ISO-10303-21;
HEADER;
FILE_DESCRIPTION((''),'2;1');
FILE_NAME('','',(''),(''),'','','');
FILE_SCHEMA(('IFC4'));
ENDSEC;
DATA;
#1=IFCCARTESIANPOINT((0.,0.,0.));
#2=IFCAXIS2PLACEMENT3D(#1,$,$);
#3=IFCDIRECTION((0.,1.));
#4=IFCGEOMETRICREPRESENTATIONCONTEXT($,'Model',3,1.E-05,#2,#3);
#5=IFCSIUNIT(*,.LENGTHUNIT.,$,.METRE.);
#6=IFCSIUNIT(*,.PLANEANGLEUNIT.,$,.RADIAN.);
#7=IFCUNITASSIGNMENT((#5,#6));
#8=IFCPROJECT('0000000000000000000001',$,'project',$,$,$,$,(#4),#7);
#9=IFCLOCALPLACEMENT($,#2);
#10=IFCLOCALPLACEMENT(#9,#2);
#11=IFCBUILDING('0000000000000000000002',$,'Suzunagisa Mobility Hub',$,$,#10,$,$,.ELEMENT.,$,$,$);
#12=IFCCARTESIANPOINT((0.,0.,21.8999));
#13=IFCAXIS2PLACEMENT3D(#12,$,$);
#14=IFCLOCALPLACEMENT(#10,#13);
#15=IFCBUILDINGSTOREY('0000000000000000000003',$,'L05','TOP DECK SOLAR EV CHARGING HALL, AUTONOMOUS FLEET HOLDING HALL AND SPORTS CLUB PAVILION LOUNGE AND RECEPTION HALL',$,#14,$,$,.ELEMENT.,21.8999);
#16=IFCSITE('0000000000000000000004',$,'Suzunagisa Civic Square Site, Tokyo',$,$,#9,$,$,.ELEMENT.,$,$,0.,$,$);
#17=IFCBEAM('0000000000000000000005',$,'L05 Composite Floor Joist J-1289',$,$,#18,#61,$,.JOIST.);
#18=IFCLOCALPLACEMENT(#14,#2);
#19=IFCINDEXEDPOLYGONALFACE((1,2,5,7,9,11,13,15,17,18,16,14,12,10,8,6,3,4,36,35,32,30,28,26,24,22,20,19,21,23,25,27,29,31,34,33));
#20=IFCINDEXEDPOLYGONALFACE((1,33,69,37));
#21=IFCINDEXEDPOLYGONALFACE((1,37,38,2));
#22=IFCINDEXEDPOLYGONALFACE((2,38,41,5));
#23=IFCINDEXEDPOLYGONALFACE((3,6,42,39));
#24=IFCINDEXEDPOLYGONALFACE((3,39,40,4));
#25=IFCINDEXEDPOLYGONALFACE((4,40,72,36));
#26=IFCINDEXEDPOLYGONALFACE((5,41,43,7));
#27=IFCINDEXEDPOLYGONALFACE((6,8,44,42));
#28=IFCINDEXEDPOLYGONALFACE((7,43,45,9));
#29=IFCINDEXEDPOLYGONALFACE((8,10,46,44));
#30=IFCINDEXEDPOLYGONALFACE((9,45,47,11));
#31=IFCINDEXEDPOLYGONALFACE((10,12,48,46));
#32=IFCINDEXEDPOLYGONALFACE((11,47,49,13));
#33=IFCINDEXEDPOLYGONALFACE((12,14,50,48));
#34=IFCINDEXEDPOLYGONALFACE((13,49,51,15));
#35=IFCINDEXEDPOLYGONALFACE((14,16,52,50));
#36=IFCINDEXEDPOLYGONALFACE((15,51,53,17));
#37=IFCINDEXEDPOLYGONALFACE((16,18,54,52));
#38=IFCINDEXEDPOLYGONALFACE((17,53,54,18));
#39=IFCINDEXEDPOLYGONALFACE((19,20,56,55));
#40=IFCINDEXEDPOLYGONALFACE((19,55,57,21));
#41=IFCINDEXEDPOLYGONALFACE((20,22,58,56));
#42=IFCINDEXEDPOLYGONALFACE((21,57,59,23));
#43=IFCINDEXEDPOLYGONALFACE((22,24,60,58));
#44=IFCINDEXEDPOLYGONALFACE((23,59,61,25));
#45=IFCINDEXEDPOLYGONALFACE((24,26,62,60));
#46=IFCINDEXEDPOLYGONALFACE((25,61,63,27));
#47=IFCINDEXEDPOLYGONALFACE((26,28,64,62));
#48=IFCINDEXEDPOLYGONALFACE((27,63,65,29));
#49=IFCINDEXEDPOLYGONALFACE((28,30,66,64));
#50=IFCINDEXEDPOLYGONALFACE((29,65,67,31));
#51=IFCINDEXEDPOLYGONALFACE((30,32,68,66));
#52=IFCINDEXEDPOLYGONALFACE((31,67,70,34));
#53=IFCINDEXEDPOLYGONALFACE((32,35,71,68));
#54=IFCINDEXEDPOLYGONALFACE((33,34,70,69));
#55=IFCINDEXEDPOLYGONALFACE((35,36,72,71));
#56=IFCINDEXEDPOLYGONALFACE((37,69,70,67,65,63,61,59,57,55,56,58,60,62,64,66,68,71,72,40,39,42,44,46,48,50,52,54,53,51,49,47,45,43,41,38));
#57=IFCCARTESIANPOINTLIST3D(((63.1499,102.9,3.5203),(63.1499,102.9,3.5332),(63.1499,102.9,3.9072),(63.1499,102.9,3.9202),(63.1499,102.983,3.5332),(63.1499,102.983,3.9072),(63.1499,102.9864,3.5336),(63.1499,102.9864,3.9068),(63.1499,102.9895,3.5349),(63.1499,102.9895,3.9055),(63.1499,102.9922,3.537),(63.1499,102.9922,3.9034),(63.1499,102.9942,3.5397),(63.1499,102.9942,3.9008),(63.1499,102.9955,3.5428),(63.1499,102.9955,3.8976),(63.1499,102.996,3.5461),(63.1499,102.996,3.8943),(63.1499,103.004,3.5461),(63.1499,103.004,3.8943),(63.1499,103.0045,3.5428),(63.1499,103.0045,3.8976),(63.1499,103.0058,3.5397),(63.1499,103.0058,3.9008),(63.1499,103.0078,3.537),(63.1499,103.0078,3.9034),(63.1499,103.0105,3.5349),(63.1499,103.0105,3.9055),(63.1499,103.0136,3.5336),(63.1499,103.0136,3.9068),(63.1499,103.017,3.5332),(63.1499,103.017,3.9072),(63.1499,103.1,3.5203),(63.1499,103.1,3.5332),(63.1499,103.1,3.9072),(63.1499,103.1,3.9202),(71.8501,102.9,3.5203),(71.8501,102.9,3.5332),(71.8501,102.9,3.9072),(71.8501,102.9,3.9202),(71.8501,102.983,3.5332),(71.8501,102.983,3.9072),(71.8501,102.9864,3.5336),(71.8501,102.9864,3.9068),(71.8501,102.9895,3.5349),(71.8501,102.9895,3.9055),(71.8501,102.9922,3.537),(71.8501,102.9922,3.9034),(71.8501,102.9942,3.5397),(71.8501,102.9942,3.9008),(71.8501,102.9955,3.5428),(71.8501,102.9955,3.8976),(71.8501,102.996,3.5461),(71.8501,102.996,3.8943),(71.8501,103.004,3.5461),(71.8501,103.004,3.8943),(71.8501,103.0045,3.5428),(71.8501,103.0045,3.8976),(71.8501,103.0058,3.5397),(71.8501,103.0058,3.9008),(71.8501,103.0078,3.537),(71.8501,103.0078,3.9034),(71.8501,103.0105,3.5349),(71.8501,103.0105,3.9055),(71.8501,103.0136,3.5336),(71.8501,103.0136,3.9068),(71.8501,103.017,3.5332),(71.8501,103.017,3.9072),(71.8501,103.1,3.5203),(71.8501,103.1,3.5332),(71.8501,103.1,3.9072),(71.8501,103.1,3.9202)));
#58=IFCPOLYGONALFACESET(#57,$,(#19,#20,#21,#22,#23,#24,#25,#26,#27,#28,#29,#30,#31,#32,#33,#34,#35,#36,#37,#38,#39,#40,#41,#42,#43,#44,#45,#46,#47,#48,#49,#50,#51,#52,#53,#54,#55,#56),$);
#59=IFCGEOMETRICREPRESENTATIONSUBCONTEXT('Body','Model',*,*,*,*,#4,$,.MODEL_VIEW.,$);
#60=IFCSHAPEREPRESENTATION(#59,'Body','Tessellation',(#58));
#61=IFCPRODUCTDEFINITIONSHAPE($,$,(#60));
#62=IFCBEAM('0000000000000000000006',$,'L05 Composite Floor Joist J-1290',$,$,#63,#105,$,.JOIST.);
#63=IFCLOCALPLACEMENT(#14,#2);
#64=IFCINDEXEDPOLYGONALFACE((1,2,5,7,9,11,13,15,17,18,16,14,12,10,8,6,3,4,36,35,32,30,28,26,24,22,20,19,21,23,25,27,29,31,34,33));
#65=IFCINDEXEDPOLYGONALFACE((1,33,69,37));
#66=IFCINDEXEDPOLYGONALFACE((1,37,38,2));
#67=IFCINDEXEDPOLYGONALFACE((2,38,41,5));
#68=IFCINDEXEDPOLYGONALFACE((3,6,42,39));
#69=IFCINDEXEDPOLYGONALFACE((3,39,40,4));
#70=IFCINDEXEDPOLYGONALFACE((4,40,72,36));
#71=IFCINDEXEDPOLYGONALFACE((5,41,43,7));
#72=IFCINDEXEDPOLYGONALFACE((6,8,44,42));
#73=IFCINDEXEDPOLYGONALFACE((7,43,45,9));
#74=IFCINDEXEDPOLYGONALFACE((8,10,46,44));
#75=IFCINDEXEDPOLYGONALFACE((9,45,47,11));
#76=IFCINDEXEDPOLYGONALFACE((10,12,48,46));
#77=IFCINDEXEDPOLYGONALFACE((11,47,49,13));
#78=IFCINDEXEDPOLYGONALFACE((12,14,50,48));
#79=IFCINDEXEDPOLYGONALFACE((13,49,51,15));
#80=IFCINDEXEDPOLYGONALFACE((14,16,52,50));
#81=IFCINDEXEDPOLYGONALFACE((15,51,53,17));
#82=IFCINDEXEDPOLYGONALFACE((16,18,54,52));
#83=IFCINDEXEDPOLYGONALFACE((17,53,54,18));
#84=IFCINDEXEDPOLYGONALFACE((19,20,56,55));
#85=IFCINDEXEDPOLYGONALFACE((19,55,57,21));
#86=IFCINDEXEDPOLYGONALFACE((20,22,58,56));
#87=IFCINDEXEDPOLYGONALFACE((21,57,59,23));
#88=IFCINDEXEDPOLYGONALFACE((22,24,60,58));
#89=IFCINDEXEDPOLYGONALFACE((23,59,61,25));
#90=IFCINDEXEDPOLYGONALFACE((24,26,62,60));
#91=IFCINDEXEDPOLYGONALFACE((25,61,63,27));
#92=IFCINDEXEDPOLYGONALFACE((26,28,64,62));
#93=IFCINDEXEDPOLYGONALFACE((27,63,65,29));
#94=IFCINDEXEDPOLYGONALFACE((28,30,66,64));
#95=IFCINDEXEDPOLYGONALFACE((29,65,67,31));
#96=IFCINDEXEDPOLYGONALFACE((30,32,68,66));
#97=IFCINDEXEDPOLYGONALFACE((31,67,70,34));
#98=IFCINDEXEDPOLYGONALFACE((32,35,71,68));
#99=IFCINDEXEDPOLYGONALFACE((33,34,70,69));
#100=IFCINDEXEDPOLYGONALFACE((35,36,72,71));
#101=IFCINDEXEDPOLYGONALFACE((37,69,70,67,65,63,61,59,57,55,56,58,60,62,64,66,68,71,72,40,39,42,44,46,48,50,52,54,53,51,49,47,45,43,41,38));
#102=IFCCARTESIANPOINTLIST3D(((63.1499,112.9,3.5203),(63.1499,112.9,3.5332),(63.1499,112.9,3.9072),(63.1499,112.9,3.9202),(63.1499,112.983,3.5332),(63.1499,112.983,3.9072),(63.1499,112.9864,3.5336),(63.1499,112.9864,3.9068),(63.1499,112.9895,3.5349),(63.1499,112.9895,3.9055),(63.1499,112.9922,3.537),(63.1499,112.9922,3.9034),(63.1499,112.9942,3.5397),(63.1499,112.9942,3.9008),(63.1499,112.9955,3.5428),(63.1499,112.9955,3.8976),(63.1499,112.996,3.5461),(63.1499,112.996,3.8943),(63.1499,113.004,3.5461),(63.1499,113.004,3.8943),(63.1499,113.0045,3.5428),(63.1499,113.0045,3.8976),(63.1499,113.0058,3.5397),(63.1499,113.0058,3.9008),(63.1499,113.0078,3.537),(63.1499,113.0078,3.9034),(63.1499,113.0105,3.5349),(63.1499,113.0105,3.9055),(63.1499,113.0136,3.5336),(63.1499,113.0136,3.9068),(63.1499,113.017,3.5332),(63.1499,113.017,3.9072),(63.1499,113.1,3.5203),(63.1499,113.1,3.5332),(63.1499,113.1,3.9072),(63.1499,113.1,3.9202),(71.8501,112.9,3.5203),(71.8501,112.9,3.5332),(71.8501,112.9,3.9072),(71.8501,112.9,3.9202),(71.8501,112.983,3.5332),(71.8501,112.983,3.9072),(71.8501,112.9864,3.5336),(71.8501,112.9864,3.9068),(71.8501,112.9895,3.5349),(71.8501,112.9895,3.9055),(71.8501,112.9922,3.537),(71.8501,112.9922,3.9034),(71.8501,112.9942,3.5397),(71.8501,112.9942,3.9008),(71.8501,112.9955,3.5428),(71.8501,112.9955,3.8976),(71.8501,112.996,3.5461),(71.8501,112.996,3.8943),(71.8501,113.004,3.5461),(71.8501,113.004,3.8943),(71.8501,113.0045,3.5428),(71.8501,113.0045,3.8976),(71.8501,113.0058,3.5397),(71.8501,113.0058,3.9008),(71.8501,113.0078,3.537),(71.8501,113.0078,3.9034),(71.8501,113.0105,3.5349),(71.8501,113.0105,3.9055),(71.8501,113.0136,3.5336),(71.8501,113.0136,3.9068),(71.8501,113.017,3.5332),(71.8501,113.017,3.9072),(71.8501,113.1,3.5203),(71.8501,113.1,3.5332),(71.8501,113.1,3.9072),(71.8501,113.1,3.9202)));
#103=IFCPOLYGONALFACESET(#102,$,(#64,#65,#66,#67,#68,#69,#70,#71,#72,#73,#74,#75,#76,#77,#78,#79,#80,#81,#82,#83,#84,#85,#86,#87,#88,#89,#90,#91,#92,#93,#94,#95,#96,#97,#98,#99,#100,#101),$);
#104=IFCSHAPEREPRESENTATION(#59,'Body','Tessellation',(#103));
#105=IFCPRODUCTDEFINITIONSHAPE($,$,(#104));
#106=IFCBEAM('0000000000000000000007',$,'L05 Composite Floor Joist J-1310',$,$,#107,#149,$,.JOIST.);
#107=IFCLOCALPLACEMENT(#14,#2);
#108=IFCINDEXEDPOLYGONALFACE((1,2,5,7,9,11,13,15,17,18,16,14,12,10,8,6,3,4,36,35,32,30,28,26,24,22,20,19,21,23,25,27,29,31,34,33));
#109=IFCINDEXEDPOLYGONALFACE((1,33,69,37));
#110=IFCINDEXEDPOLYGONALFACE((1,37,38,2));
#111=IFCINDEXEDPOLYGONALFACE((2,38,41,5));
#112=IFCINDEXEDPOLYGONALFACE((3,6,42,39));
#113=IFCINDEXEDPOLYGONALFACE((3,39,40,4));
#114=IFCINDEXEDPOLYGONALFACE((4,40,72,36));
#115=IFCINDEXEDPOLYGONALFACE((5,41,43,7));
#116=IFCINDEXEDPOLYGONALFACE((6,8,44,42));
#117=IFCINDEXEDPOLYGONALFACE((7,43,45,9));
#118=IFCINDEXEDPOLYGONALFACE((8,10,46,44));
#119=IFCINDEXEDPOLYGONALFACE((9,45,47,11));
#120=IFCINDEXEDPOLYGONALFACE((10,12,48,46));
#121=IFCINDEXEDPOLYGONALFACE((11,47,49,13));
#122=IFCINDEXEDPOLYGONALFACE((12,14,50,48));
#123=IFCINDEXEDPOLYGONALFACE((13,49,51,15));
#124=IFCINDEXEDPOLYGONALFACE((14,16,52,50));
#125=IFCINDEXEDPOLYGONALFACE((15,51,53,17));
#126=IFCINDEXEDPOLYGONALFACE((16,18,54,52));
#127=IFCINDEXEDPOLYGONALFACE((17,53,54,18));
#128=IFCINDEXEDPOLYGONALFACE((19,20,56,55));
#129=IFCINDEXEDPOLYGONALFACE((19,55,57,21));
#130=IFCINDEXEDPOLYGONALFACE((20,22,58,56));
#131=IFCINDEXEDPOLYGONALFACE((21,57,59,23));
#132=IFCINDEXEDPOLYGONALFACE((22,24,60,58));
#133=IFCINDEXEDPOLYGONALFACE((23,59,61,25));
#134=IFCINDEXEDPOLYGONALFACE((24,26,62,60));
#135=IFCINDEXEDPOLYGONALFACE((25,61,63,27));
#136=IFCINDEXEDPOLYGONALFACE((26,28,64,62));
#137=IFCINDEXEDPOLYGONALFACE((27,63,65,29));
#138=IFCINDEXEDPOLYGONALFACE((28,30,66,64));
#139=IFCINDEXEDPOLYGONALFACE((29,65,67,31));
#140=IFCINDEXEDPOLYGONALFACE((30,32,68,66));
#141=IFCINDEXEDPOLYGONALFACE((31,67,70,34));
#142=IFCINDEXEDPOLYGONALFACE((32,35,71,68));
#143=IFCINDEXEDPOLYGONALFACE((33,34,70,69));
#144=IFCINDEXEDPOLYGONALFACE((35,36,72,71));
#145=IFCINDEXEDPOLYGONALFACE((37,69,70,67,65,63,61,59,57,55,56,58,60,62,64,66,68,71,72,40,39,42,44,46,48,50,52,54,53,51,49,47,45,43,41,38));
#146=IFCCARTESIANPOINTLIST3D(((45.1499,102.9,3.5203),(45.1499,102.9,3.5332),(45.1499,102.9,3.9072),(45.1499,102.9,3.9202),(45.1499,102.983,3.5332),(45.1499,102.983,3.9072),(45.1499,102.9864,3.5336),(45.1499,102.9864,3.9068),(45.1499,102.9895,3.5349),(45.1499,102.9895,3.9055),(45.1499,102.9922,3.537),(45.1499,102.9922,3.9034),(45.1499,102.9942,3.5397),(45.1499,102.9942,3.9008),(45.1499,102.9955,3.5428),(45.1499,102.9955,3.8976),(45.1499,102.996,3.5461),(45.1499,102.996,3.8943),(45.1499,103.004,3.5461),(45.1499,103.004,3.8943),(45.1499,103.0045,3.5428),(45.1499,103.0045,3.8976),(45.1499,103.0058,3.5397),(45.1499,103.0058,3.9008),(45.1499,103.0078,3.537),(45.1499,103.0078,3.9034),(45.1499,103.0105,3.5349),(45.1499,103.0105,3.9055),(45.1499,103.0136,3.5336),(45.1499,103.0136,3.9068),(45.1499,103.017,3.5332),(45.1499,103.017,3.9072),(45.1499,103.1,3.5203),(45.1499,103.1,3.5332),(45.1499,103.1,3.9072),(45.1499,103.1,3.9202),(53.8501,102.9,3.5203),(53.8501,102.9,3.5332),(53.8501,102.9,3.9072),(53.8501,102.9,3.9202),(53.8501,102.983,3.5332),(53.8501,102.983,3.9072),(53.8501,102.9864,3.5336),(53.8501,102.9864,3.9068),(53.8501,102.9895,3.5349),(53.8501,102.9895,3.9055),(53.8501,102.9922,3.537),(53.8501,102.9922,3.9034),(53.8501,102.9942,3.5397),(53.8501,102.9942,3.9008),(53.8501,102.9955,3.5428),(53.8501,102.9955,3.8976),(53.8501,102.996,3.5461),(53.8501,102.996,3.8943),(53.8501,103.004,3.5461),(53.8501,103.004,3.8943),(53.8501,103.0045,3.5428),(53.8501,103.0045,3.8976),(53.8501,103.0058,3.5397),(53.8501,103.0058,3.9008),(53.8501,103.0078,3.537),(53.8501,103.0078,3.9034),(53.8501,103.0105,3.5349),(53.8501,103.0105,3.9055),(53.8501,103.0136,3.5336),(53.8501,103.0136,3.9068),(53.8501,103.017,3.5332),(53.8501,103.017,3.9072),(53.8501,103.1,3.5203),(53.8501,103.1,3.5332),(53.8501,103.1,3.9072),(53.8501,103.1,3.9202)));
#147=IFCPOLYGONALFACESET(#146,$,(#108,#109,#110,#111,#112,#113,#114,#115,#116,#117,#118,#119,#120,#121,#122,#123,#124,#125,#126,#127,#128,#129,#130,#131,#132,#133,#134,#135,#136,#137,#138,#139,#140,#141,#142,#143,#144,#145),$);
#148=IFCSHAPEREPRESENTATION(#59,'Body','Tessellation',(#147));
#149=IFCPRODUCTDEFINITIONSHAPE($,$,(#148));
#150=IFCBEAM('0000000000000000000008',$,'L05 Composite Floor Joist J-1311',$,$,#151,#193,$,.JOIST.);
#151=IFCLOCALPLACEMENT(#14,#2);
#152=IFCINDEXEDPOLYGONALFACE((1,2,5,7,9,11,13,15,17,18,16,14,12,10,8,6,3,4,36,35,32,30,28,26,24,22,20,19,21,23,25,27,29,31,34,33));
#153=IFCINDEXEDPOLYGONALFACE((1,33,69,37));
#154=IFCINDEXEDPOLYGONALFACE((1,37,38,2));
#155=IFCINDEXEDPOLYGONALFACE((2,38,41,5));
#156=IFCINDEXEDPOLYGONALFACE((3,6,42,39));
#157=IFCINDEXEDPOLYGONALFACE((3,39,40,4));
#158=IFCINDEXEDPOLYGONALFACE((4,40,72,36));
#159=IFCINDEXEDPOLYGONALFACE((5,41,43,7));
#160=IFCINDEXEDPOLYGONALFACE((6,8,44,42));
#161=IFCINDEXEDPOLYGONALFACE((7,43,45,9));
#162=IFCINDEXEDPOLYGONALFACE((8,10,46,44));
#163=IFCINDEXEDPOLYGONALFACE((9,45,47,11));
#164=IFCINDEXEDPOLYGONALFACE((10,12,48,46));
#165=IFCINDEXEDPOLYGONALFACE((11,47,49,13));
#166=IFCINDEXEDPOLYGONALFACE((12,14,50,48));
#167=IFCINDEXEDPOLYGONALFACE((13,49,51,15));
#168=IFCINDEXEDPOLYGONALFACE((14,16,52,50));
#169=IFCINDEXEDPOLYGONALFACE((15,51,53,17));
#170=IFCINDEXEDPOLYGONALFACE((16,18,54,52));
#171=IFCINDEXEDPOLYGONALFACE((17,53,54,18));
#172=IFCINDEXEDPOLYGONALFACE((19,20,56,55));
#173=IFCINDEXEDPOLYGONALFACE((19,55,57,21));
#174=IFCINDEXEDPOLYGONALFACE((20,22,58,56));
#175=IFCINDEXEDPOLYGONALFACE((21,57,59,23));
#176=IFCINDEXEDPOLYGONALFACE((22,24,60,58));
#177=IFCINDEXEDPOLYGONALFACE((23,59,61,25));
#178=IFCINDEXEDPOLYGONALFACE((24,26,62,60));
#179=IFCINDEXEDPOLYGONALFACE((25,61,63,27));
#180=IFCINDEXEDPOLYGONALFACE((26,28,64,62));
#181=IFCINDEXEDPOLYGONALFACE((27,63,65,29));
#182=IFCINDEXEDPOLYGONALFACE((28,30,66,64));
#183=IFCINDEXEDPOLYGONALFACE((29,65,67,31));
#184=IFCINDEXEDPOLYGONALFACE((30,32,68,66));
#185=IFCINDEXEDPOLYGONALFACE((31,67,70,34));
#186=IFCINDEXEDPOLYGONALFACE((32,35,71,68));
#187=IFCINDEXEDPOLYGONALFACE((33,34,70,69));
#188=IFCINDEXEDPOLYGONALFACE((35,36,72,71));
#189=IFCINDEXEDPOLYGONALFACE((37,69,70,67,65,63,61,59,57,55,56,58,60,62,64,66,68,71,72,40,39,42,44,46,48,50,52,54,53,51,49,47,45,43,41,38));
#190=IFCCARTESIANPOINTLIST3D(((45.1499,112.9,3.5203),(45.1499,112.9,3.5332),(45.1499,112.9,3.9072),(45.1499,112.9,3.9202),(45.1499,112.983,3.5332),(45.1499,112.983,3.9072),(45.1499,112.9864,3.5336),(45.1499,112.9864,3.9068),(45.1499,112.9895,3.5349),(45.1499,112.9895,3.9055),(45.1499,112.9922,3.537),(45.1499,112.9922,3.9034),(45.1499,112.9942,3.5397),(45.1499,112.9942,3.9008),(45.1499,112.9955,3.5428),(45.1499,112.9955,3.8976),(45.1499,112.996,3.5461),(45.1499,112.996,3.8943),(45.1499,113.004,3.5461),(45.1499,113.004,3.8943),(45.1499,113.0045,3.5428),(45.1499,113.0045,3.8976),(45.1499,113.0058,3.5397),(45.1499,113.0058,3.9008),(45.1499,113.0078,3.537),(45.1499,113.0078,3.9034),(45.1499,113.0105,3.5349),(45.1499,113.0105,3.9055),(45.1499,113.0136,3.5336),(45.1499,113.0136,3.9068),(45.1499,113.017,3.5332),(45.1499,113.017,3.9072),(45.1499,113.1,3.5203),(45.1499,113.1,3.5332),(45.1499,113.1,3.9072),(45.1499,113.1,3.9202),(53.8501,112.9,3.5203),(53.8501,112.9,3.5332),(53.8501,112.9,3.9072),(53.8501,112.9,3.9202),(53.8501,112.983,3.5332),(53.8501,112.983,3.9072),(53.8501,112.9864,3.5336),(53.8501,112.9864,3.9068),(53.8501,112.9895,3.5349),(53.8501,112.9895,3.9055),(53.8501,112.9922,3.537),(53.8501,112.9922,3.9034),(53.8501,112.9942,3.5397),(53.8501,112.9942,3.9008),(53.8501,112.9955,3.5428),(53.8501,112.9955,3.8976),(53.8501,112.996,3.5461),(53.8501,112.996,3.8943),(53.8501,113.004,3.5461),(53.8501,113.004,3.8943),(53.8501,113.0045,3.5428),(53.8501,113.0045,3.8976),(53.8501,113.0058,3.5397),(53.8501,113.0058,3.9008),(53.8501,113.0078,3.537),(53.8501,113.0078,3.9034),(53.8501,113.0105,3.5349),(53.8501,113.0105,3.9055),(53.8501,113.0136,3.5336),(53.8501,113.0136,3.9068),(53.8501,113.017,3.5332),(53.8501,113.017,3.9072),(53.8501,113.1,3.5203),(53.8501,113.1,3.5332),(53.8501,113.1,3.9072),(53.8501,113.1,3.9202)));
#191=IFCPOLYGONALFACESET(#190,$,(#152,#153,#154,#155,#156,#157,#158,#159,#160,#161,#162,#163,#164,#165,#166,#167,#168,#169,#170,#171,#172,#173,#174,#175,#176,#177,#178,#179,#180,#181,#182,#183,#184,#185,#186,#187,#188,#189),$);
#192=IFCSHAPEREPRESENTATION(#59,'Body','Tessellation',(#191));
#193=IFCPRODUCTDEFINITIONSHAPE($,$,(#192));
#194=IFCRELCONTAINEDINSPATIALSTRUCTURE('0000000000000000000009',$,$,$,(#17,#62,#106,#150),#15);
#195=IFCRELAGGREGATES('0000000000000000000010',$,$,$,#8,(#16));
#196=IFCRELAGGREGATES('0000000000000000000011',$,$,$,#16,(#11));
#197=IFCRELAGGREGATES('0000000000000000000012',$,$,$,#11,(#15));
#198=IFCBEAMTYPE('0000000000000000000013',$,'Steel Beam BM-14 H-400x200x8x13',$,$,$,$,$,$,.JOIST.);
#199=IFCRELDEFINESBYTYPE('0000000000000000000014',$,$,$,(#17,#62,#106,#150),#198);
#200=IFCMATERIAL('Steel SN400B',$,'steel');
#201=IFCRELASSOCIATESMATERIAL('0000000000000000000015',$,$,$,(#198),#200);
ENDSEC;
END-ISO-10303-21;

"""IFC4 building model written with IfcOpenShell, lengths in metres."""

from ifc_helpers import new_model, si_unit, direction, frame, origin, origin_2d, place, context, subcontext, project, spatial, i_section, extrude, material, material_profile, profile_set, type_object, element, save


model = new_model("IFC4")

# Units and contexts
model_context = context("Model", 3, precision=1e-05, world=origin(), true_north=direction((0.0, 1.0)))
body_context = subcontext(model_context, "Body", "Model", "MODEL_VIEW")
ifc_project = project(units=[si_unit("LENGTHUNIT", "METRE"), si_unit("PLANEANGLEUNIT", "RADIAN")], contexts=[model_context])

# Site, building, storey
site_placement = place(None, origin())
site = spatial("IfcSite", under=ifc_project, at=site_placement, Name="Suzunagisa Civic Square Site, Tokyo", CompositionType="ELEMENT", RefElevation=0.0)
building_placement = place(site_placement, origin())
building = spatial("IfcBuilding", under=site, at=building_placement, Name="Suzunagisa Mobility Hub", CompositionType="ELEMENT")
storey_placement = place(building_placement, frame((0.0, 0.0, 21.8999)))
storey = spatial("IfcBuildingStorey", under=building, at=storey_placement, Name="L05", Description="TOP DECK SOLAR EV CHARGING HALL, AUTONOMOUS FLEET HOLDING HALL AND SPORTS CLUB PAVILION LOUNGE AND RECEPTION HALL", CompositionType="ELEMENT", Elevation=21.8999)

# Beams
ifc_material_1 = material(Name="Steel SN400B", Category="steel")
ifc_material_profile_1 = material_profile(ifc_material_1, i_section(OverallWidth=0.2, OverallDepth=0.3999, WebThickness=0.0081, FlangeThickness=0.0129, FilletRadius=0.0129, at=origin_2d()), Name="H-400x200x8x13")
ifc_profile_set_1 = profile_set([ifc_material_profile_1], Name="Steel SN400B")
beam_type_1 = type_object("IfcBeamType", Name="Steel Beam BM-14 H-400x200x8x13", PredefinedType="JOIST", material=ifc_profile_set_1)
for number, where, z_axis, x_axis, name in (
    (1, (63.1499, 103.0, 3.7202), (1.0, 0.0, 0.0), (0.0, 1.0, 0.0), "L05 Composite Floor Joist J-1289"),
    (2, (63.1499, 113.0, 3.7202), (1.0, 0.0, 0.0), (0.0, 1.0, 0.0), "L05 Composite Floor Joist J-1290"),
    (3, (45.1499, 103.0, 3.7202), (1.0, 0.0, 0.0), (0.0, 1.0, 0.0), "L05 Composite Floor Joist J-1310"),
    (4, (45.1499, 113.0, 3.7202), (1.0, 0.0, 0.0), (0.0, 1.0, 0.0), "L05 Composite Floor Joist J-1311"),
):
    element("IfcBeam", number, at=place(storey_placement, frame(where, z_axis=z_axis, x_axis=x_axis)), inside=storey, type_object=beam_type_1, Name=name, PredefinedType="JOIST", context=body_context, shape_type="SweptSolid", body=[
        extrude(i_section(OverallWidth=0.2, OverallDepth=0.3999, WebThickness=0.0081, FlangeThickness=0.0129, FilletRadius=0.0129, at=origin_2d()), origin(), (0.0, 0.0, 1.0), 8.7002),
    ])

save(model, "model.ifc")
